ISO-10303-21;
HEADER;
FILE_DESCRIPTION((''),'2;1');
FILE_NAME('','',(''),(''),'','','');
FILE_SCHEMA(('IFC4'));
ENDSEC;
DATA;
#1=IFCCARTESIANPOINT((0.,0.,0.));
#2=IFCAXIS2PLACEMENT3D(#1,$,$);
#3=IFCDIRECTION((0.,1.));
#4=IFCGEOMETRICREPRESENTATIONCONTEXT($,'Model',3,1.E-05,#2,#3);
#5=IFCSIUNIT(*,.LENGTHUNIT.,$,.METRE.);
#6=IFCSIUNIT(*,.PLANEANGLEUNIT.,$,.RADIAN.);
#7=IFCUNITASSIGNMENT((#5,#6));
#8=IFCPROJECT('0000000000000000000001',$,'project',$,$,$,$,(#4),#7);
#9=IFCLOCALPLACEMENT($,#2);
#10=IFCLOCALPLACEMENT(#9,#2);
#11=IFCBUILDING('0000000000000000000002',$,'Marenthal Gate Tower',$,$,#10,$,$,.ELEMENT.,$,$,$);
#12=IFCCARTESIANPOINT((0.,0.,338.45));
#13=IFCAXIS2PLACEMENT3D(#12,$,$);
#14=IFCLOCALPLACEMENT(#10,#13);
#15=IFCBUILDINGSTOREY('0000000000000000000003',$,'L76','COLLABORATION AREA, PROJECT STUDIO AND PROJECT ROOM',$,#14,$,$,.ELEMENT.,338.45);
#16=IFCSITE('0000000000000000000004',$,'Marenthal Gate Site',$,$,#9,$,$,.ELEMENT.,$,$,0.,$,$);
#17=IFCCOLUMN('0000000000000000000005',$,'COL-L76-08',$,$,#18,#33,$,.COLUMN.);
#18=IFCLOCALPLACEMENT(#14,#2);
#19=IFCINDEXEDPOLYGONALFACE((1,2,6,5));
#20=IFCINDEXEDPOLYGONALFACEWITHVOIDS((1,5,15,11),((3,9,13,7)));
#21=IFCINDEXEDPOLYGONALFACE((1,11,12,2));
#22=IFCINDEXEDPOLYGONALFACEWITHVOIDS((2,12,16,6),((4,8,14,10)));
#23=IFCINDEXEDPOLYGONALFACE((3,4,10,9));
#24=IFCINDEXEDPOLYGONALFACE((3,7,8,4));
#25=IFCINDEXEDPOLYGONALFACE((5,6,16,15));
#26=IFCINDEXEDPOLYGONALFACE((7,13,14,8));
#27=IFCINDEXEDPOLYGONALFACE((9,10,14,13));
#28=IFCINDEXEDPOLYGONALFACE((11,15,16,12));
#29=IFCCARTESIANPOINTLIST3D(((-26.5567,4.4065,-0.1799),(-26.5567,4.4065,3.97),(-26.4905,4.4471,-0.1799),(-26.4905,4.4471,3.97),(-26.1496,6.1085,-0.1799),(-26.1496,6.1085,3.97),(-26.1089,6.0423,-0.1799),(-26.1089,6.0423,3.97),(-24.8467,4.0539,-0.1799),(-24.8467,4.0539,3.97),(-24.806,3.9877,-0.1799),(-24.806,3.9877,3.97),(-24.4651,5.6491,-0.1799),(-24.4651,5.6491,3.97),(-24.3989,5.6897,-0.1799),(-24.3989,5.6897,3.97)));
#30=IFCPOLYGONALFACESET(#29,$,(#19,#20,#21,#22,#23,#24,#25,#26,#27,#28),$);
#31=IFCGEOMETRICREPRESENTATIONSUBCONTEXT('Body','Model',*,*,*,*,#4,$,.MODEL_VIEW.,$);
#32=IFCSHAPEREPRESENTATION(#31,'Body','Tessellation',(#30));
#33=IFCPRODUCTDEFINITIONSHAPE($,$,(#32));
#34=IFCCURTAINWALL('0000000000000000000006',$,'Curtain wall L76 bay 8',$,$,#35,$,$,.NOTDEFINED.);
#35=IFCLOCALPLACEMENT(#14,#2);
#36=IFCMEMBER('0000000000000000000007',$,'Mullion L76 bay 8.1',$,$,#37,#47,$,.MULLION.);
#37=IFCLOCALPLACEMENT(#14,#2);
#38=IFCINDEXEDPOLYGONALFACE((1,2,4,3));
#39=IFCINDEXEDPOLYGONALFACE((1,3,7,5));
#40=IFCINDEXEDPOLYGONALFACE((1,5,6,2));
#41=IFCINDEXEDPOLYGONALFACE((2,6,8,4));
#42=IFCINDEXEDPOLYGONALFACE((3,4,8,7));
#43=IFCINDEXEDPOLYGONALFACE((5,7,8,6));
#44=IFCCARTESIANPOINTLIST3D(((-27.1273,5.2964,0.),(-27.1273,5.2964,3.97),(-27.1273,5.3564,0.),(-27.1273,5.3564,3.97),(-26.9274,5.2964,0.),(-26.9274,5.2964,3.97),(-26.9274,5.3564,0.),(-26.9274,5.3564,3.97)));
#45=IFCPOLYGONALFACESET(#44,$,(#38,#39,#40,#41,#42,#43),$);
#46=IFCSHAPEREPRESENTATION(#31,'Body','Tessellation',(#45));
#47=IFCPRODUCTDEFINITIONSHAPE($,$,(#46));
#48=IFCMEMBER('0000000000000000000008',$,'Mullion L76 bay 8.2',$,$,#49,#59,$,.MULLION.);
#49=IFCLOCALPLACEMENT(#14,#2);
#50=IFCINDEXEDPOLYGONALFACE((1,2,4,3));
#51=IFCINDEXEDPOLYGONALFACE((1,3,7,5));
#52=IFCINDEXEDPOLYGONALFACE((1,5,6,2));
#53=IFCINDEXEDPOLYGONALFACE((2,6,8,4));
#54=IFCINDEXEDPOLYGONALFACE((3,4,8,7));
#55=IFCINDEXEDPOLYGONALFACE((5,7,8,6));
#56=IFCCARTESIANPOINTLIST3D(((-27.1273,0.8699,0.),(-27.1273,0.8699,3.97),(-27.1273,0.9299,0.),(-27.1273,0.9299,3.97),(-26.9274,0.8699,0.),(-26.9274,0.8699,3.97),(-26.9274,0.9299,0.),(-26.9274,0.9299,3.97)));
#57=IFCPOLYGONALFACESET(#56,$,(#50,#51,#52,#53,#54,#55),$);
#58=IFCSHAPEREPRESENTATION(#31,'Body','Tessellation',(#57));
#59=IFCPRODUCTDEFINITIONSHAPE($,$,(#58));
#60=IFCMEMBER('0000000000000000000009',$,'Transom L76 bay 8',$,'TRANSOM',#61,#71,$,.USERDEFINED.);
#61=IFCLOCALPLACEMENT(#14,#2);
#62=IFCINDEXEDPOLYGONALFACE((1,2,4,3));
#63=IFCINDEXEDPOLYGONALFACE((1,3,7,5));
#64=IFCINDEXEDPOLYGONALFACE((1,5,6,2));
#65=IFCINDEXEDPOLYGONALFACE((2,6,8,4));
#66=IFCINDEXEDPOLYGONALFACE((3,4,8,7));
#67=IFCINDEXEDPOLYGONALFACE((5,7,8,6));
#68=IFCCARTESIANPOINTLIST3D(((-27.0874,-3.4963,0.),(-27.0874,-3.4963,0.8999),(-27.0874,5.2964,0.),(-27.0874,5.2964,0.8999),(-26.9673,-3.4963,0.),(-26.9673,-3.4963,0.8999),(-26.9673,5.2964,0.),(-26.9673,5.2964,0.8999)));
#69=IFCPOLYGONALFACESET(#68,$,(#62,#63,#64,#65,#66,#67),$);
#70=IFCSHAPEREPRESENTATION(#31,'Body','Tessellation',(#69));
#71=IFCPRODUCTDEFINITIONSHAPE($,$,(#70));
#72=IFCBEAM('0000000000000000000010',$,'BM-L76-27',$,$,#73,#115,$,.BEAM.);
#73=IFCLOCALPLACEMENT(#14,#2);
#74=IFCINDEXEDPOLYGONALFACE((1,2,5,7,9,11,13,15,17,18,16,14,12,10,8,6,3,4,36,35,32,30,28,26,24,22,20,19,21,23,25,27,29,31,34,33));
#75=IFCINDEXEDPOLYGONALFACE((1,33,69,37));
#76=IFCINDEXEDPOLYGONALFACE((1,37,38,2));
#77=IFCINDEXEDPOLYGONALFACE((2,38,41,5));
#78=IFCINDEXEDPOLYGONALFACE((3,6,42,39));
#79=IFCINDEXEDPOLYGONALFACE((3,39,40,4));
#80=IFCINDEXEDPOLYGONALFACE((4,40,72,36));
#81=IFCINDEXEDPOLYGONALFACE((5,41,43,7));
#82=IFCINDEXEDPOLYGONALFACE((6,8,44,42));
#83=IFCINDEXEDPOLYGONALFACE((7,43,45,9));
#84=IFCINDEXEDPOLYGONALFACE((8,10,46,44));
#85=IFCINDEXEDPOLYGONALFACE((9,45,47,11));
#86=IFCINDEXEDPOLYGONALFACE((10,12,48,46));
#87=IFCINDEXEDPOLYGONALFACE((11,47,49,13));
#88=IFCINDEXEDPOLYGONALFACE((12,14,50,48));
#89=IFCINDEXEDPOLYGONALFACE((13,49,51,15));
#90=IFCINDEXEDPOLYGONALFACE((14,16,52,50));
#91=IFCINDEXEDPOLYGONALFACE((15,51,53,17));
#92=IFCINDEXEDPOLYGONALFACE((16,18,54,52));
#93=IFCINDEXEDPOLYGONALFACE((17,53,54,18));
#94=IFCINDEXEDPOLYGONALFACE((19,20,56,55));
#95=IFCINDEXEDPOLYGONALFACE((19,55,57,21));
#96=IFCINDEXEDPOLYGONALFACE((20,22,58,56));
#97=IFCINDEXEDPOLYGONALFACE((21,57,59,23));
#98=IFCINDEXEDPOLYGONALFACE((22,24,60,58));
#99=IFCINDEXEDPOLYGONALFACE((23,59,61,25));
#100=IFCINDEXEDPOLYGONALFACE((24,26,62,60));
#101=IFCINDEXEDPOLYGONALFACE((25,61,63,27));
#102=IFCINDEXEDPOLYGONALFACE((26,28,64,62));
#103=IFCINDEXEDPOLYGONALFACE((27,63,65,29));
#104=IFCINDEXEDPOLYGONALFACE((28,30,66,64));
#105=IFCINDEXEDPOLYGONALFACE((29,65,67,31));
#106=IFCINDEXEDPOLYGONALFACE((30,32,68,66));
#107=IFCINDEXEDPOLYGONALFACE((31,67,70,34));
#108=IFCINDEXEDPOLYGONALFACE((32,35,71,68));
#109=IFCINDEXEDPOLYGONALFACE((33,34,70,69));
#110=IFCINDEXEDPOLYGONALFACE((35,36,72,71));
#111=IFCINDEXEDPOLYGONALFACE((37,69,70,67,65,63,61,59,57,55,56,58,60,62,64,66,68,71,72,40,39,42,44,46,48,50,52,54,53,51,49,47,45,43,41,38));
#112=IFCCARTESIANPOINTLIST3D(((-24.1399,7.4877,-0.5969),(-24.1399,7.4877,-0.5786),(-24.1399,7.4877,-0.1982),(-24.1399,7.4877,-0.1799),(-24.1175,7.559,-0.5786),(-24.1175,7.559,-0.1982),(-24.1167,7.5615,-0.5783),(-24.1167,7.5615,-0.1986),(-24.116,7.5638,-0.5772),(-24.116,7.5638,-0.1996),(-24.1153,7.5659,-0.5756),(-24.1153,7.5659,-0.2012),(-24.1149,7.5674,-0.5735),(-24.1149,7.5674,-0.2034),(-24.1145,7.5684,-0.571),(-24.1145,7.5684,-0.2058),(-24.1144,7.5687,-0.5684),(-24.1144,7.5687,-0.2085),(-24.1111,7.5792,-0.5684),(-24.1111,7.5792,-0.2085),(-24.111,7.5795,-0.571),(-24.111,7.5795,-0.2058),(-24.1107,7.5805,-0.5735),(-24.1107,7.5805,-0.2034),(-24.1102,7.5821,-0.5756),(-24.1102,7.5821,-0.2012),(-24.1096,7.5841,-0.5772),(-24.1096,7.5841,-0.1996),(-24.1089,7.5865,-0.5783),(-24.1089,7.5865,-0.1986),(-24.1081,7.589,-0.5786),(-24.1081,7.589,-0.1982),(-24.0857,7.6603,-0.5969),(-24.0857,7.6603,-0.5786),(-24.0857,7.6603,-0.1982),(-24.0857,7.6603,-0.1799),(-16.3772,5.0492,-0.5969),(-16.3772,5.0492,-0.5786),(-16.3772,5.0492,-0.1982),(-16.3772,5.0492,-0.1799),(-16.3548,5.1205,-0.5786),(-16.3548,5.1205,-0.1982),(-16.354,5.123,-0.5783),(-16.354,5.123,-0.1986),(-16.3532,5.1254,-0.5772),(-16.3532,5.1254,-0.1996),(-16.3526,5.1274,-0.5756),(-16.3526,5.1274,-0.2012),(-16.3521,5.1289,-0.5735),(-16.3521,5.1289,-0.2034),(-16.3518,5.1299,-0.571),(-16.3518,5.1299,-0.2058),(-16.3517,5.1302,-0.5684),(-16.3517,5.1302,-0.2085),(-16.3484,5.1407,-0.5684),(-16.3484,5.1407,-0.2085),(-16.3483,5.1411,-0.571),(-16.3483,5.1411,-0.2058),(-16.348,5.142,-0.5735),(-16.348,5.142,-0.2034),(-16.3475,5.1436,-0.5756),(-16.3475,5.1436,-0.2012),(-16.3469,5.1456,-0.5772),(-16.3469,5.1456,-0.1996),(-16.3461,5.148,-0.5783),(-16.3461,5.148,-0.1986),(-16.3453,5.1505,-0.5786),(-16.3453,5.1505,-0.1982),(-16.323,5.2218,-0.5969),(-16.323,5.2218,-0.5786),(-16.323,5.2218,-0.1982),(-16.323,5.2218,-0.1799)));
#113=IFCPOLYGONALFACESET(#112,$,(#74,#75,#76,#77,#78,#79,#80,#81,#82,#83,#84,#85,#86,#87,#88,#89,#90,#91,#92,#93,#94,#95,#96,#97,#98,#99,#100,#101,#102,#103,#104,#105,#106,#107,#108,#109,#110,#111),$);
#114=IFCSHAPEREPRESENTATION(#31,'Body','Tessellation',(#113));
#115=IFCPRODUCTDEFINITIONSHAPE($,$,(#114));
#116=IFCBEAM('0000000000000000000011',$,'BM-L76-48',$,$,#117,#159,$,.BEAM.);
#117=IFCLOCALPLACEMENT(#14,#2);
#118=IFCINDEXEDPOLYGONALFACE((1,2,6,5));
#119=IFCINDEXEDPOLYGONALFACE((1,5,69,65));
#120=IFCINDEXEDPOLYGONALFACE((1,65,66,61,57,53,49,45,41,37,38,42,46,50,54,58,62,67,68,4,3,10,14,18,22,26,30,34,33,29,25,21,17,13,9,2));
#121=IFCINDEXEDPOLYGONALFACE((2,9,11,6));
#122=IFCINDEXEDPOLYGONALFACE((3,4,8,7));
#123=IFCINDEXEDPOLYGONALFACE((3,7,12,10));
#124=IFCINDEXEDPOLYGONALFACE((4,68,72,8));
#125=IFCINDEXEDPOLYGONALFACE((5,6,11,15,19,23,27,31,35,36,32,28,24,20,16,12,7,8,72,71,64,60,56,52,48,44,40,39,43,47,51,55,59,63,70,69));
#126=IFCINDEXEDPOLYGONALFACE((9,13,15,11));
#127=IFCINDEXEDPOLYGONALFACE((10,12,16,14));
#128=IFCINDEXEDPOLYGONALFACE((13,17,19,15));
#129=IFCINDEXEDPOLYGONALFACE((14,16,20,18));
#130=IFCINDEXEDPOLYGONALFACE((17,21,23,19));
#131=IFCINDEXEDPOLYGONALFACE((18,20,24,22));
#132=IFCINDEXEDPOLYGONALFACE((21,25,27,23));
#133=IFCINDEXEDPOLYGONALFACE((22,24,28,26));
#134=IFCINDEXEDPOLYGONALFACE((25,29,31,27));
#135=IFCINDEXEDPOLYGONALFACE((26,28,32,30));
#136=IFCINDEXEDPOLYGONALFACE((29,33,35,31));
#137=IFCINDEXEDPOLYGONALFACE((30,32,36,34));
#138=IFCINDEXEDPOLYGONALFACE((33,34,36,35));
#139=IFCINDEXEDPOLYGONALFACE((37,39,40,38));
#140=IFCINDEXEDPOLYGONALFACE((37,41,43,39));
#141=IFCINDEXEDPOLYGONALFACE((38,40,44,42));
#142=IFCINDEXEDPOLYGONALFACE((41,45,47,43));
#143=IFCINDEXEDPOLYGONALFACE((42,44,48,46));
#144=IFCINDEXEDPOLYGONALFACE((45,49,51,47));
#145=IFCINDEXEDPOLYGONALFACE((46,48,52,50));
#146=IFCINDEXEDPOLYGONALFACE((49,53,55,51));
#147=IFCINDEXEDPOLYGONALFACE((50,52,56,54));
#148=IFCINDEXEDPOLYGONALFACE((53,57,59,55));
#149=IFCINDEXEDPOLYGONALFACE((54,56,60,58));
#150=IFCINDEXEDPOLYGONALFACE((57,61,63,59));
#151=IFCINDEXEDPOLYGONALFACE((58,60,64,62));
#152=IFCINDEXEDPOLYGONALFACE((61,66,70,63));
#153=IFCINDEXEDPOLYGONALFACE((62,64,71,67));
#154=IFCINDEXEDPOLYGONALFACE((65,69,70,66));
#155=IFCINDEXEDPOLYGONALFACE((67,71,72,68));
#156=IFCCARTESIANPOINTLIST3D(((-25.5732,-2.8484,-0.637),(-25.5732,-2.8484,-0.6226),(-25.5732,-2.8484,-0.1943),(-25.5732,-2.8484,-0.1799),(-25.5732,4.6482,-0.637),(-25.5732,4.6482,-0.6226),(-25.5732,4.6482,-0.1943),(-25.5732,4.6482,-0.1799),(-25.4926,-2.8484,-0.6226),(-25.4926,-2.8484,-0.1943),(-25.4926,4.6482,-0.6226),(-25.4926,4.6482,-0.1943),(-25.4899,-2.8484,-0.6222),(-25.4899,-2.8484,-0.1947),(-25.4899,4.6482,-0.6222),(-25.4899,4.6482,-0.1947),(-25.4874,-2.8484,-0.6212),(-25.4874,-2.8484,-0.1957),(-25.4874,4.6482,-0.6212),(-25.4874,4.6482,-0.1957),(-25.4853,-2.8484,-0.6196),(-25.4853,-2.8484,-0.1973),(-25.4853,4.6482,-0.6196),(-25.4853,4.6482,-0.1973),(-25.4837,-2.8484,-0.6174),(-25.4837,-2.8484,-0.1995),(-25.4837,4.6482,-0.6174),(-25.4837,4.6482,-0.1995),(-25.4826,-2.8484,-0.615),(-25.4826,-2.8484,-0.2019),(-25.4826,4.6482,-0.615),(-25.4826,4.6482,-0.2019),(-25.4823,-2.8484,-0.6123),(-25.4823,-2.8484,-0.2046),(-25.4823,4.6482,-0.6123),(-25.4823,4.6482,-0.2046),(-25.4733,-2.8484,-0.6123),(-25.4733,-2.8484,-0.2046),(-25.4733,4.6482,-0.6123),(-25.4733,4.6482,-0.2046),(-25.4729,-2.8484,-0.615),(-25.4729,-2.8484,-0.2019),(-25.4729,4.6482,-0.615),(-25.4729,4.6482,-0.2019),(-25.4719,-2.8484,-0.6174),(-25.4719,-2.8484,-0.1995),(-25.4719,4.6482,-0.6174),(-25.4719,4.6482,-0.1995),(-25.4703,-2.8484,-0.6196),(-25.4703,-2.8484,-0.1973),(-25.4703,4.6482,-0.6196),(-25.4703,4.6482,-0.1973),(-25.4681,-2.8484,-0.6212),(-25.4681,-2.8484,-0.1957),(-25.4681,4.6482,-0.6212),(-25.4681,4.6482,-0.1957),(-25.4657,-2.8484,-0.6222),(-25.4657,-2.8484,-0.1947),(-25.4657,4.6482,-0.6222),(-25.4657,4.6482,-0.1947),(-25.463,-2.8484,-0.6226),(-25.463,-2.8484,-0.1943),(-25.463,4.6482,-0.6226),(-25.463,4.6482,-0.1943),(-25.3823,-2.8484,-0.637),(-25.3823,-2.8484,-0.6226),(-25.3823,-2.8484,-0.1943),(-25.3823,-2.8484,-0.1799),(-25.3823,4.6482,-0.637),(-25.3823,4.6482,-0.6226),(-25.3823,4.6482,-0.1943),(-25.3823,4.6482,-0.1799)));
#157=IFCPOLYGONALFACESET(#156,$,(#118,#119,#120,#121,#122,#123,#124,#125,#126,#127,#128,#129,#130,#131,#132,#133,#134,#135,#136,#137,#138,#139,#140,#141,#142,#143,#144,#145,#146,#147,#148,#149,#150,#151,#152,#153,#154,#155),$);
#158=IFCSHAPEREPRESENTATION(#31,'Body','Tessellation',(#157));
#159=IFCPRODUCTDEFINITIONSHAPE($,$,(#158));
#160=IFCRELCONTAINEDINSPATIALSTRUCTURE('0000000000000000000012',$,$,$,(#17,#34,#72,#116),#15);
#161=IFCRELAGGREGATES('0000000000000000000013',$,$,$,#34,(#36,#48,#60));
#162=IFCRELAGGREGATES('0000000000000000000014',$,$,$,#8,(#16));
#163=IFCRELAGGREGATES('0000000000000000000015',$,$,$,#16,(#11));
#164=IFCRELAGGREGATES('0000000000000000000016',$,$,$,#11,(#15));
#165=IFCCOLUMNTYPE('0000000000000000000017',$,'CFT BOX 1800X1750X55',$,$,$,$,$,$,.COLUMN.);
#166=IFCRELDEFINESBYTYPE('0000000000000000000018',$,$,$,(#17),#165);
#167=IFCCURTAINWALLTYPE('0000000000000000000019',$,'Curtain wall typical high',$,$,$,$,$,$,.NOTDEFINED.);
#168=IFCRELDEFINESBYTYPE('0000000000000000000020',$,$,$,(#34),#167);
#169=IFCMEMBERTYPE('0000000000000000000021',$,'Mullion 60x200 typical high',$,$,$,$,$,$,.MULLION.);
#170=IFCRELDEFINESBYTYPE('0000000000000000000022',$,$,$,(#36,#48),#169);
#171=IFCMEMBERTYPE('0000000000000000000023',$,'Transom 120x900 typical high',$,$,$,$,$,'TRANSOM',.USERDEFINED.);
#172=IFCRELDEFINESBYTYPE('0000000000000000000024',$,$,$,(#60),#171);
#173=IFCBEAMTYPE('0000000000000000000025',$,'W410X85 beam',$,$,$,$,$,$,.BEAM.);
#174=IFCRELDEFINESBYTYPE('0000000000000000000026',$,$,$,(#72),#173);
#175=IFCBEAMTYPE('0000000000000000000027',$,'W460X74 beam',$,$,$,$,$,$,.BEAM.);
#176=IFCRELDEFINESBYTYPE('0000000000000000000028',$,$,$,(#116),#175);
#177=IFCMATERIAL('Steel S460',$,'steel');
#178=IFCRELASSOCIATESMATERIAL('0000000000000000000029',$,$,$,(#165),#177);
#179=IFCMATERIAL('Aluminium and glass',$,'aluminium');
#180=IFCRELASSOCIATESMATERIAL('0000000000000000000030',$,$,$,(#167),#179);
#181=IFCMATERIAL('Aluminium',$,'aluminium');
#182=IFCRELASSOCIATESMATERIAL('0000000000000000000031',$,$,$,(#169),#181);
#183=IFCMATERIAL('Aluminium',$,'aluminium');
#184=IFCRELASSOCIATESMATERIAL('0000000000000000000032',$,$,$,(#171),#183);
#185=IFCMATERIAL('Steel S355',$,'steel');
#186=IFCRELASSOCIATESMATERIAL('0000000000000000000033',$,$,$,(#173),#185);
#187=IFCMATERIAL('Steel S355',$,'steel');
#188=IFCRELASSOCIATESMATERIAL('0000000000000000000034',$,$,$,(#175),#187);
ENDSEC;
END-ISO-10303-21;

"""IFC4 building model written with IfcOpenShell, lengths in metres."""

from ifc_helpers import new_model, si_unit, direction, frame, origin, origin_2d, place, context, subcontext, project, spatial, rectangle, hollow_rectangle, i_section, extrude, material, material_profile, profile_set, type_object, element, aggregate, save


model = new_model("IFC4")

# Units and contexts
model_context = context("Model", 3, precision=1e-05, world=origin(), true_north=direction((0.0, 1.0)))
body_context = subcontext(model_context, "Body", "Model", "MODEL_VIEW")
ifc_project = project(units=[si_unit("LENGTHUNIT", "METRE"), si_unit("PLANEANGLEUNIT", "RADIAN")], contexts=[model_context])

# Site, building, storey
site_placement = place(None, origin())
site = spatial("IfcSite", under=ifc_project, at=site_placement, Name="Marenthal Gate Site", CompositionType="ELEMENT", RefElevation=0.0)
building_placement = place(site_placement, origin())
building = spatial("IfcBuilding", under=site, at=building_placement, Name="Marenthal Gate Tower", CompositionType="ELEMENT")
storey_placement = place(building_placement, frame((0.0, 0.0, 338.45)))
storey = spatial("IfcBuildingStorey", under=building, at=storey_placement, Name="L76", Description="COLLABORATION AREA, PROJECT STUDIO AND PROJECT ROOM", CompositionType="ELEMENT", Elevation=338.45)

# Column
ifc_material_1 = material(Name="Steel S460", Category="steel")
ifc_material_profile_1 = material_profile(ifc_material_1, hollow_rectangle(XDim=1.75, YDim=1.8, WallThickness=0.0549, at=origin_2d()), Name="CFT BOX 1800X1750X55")
ifc_material_2 = material(Name="Concrete 70 MPa", Category="concrete")
ifc_material_profile_2 = material_profile(ifc_material_2, rectangle(XDim=1.6399, YDim=1.6899, at=origin_2d()), Name="CFT BOX 1800X1750X55 INFILL")
ifc_profile_set_1 = profile_set([ifc_material_profile_1, ifc_material_profile_2], Name="Steel S460 shell, Concrete 70 MPa infill")
column_type = type_object("IfcColumnType", Name="CFT BOX 1800X1750X55", PredefinedType="COLUMN", material=ifc_profile_set_1)
column_placement = place(storey_placement, frame((-25.4778, 5.0481, -0.1799), z_axis=(0.0, 0.0, 1.0), x_axis=(0.232643, 0.972562, 0.0)))
element("IfcColumn", 1, at=column_placement, inside=storey, type_object=column_type, Name="COL-L76-08", PredefinedType="COLUMN", context=body_context, shape_type="SweptSolid", body=[
    extrude(hollow_rectangle(XDim=1.75, YDim=1.8, WallThickness=0.0549, at=origin_2d()), origin(), (0.0, 0.0, 1.0), 4.1499),
])

# Curtain wall, members
ifc_material_3 = material(Name="Aluminium and glass", Category="aluminium")
curtain_wall_type = type_object("IfcCurtainWallType", Name="Curtain wall typical high", PredefinedType="NOTDEFINED", material=ifc_material_3)
curtain_wall_placement = place(storey_placement, origin())
curtain_wall = element("IfcCurtainWall", 2, at=curtain_wall_placement, inside=storey, type_object=curtain_wall_type, Name="Curtain wall L76 bay 8", PredefinedType="NOTDEFINED")
ifc_material_4 = material(Name="Aluminium", Category="aluminium")
ifc_material_profile_3 = material_profile(ifc_material_4, rectangle(XDim=0.2, YDim=0.0601, at=origin_2d()), Name="60x200 aluminium mullion")
ifc_profile_set_2 = profile_set([ifc_material_profile_3], Name="Aluminium")
member_type_1 = type_object("IfcMemberType", Name="Mullion 60x200 typical high", PredefinedType="MULLION", material=ifc_profile_set_2)
member_1_placement = place(storey_placement, frame((-27.0273, 5.3264, 0.0), z_axis=(0.0, 0.0, 1.0), x_axis=(1.0, 0.0, 0.0)))
member_1 = element("IfcMember", 3, at=member_1_placement, type_object=member_type_1, Name="Mullion L76 bay 8.1", PredefinedType="MULLION", context=body_context, shape_type="SweptSolid", body=[
    extrude(rectangle(XDim=0.2, YDim=0.0601, at=origin_2d()), origin(), (0.0, 0.0, 1.0), 3.97),
])
member_2_placement = place(storey_placement, frame((-27.0273, 0.8999, 0.0), z_axis=(0.0, 0.0, 1.0), x_axis=(1.0, 0.0, 0.0)))
member_2 = element("IfcMember", 4, at=member_2_placement, type_object=member_type_1, Name="Mullion L76 bay 8.2", PredefinedType="MULLION", context=body_context, shape_type="SweptSolid", body=[
    extrude(rectangle(XDim=0.2, YDim=0.0601, at=origin_2d()), origin(), (0.0, 0.0, 1.0), 3.97),
])
ifc_material_5 = material(Name="Aluminium", Category="aluminium")
ifc_material_profile_4 = material_profile(ifc_material_5, rectangle(XDim=0.1201, YDim=0.8999, at=origin_2d()), Name="120x900 aluminium transom")
ifc_profile_set_3 = profile_set([ifc_material_profile_4], Name="Aluminium")
member_type_2 = type_object("IfcMemberType", Name="Transom 120x900 typical high", ElementType="TRANSOM", PredefinedType="USERDEFINED", material=ifc_profile_set_3)
member_3_placement = place(storey_placement, frame((-27.0273, 5.2964, 0.45), z_axis=(0.0, -1.0, 0.0), x_axis=(1.0, 0.0, 0.0)))
member_3 = element("IfcMember", 5, at=member_3_placement, type_object=member_type_2, Name="Transom L76 bay 8", ObjectType="TRANSOM", PredefinedType="USERDEFINED", context=body_context, shape_type="SweptSolid", body=[
    extrude(rectangle(XDim=0.1201, YDim=0.8999, at=origin_2d()), origin(), (0.0, 0.0, 1.0), 8.7927),
])

# Beams
ifc_material_6 = material(Name="Steel S355", Category="steel")
ifc_material_profile_5 = material_profile(ifc_material_6, i_section(OverallWidth=0.1809, OverallDepth=0.417, WebThickness=0.011, FlangeThickness=0.0183, FilletRadius=0.0103, at=origin_2d()), Name="W410X85")
ifc_profile_set_4 = profile_set([ifc_material_profile_5], Name="Steel S355")
beam_type_1 = type_object("IfcBeamType", Name="W410X85 beam", PredefinedType="BEAM", material=ifc_profile_set_4)
beam_1_placement = place(storey_placement, frame((-24.1128, 7.574, -0.3884), z_axis=(0.954037, -0.299689, 0.0), x_axis=(0.299689, 0.954037, 0.0)))
element("IfcBeam", 6, at=beam_1_placement, inside=storey, type_object=beam_type_1, Name="BM-L76-27", PredefinedType="BEAM", context=body_context, shape_type="SweptSolid", body=[
    extrude(i_section(OverallWidth=0.1809, OverallDepth=0.417, WebThickness=0.011, FlangeThickness=0.0183, FilletRadius=0.0103, at=origin_2d()), origin(), (0.0, 0.0, 1.0), 8.1367),
])
ifc_material_7 = material(Name="Steel S355", Category="steel")
ifc_material_profile_6 = material_profile(ifc_material_7, i_section(OverallWidth=0.1909, OverallDepth=0.457, WebThickness=0.009, FlangeThickness=0.0144, FilletRadius=0.0103, at=origin_2d()), Name="W460X74")
ifc_profile_set_5 = profile_set([ifc_material_profile_6], Name="Steel S355")
beam_type_2 = type_object("IfcBeamType", Name="W460X74 beam", PredefinedType="BEAM", material=ifc_profile_set_5)
beam_2_placement = place(storey_placement, frame((-25.4778, 4.6482, -0.4084), z_axis=(0.0, -1.0, 0.0), x_axis=(1.0, 0.0, 0.0)))
element("IfcBeam", 7, at=beam_2_placement, inside=storey, type_object=beam_type_2, Name="BM-L76-48", PredefinedType="BEAM", context=body_context, shape_type="SweptSolid", body=[
    extrude(i_section(OverallWidth=0.1909, OverallDepth=0.457, WebThickness=0.009, FlangeThickness=0.0144, FilletRadius=0.0103, at=origin_2d()), origin(), (0.0, 0.0, 1.0), 7.4966),
])

aggregate(curtain_wall, [member_1, member_2, member_3])

save(model, "model.ifc")
